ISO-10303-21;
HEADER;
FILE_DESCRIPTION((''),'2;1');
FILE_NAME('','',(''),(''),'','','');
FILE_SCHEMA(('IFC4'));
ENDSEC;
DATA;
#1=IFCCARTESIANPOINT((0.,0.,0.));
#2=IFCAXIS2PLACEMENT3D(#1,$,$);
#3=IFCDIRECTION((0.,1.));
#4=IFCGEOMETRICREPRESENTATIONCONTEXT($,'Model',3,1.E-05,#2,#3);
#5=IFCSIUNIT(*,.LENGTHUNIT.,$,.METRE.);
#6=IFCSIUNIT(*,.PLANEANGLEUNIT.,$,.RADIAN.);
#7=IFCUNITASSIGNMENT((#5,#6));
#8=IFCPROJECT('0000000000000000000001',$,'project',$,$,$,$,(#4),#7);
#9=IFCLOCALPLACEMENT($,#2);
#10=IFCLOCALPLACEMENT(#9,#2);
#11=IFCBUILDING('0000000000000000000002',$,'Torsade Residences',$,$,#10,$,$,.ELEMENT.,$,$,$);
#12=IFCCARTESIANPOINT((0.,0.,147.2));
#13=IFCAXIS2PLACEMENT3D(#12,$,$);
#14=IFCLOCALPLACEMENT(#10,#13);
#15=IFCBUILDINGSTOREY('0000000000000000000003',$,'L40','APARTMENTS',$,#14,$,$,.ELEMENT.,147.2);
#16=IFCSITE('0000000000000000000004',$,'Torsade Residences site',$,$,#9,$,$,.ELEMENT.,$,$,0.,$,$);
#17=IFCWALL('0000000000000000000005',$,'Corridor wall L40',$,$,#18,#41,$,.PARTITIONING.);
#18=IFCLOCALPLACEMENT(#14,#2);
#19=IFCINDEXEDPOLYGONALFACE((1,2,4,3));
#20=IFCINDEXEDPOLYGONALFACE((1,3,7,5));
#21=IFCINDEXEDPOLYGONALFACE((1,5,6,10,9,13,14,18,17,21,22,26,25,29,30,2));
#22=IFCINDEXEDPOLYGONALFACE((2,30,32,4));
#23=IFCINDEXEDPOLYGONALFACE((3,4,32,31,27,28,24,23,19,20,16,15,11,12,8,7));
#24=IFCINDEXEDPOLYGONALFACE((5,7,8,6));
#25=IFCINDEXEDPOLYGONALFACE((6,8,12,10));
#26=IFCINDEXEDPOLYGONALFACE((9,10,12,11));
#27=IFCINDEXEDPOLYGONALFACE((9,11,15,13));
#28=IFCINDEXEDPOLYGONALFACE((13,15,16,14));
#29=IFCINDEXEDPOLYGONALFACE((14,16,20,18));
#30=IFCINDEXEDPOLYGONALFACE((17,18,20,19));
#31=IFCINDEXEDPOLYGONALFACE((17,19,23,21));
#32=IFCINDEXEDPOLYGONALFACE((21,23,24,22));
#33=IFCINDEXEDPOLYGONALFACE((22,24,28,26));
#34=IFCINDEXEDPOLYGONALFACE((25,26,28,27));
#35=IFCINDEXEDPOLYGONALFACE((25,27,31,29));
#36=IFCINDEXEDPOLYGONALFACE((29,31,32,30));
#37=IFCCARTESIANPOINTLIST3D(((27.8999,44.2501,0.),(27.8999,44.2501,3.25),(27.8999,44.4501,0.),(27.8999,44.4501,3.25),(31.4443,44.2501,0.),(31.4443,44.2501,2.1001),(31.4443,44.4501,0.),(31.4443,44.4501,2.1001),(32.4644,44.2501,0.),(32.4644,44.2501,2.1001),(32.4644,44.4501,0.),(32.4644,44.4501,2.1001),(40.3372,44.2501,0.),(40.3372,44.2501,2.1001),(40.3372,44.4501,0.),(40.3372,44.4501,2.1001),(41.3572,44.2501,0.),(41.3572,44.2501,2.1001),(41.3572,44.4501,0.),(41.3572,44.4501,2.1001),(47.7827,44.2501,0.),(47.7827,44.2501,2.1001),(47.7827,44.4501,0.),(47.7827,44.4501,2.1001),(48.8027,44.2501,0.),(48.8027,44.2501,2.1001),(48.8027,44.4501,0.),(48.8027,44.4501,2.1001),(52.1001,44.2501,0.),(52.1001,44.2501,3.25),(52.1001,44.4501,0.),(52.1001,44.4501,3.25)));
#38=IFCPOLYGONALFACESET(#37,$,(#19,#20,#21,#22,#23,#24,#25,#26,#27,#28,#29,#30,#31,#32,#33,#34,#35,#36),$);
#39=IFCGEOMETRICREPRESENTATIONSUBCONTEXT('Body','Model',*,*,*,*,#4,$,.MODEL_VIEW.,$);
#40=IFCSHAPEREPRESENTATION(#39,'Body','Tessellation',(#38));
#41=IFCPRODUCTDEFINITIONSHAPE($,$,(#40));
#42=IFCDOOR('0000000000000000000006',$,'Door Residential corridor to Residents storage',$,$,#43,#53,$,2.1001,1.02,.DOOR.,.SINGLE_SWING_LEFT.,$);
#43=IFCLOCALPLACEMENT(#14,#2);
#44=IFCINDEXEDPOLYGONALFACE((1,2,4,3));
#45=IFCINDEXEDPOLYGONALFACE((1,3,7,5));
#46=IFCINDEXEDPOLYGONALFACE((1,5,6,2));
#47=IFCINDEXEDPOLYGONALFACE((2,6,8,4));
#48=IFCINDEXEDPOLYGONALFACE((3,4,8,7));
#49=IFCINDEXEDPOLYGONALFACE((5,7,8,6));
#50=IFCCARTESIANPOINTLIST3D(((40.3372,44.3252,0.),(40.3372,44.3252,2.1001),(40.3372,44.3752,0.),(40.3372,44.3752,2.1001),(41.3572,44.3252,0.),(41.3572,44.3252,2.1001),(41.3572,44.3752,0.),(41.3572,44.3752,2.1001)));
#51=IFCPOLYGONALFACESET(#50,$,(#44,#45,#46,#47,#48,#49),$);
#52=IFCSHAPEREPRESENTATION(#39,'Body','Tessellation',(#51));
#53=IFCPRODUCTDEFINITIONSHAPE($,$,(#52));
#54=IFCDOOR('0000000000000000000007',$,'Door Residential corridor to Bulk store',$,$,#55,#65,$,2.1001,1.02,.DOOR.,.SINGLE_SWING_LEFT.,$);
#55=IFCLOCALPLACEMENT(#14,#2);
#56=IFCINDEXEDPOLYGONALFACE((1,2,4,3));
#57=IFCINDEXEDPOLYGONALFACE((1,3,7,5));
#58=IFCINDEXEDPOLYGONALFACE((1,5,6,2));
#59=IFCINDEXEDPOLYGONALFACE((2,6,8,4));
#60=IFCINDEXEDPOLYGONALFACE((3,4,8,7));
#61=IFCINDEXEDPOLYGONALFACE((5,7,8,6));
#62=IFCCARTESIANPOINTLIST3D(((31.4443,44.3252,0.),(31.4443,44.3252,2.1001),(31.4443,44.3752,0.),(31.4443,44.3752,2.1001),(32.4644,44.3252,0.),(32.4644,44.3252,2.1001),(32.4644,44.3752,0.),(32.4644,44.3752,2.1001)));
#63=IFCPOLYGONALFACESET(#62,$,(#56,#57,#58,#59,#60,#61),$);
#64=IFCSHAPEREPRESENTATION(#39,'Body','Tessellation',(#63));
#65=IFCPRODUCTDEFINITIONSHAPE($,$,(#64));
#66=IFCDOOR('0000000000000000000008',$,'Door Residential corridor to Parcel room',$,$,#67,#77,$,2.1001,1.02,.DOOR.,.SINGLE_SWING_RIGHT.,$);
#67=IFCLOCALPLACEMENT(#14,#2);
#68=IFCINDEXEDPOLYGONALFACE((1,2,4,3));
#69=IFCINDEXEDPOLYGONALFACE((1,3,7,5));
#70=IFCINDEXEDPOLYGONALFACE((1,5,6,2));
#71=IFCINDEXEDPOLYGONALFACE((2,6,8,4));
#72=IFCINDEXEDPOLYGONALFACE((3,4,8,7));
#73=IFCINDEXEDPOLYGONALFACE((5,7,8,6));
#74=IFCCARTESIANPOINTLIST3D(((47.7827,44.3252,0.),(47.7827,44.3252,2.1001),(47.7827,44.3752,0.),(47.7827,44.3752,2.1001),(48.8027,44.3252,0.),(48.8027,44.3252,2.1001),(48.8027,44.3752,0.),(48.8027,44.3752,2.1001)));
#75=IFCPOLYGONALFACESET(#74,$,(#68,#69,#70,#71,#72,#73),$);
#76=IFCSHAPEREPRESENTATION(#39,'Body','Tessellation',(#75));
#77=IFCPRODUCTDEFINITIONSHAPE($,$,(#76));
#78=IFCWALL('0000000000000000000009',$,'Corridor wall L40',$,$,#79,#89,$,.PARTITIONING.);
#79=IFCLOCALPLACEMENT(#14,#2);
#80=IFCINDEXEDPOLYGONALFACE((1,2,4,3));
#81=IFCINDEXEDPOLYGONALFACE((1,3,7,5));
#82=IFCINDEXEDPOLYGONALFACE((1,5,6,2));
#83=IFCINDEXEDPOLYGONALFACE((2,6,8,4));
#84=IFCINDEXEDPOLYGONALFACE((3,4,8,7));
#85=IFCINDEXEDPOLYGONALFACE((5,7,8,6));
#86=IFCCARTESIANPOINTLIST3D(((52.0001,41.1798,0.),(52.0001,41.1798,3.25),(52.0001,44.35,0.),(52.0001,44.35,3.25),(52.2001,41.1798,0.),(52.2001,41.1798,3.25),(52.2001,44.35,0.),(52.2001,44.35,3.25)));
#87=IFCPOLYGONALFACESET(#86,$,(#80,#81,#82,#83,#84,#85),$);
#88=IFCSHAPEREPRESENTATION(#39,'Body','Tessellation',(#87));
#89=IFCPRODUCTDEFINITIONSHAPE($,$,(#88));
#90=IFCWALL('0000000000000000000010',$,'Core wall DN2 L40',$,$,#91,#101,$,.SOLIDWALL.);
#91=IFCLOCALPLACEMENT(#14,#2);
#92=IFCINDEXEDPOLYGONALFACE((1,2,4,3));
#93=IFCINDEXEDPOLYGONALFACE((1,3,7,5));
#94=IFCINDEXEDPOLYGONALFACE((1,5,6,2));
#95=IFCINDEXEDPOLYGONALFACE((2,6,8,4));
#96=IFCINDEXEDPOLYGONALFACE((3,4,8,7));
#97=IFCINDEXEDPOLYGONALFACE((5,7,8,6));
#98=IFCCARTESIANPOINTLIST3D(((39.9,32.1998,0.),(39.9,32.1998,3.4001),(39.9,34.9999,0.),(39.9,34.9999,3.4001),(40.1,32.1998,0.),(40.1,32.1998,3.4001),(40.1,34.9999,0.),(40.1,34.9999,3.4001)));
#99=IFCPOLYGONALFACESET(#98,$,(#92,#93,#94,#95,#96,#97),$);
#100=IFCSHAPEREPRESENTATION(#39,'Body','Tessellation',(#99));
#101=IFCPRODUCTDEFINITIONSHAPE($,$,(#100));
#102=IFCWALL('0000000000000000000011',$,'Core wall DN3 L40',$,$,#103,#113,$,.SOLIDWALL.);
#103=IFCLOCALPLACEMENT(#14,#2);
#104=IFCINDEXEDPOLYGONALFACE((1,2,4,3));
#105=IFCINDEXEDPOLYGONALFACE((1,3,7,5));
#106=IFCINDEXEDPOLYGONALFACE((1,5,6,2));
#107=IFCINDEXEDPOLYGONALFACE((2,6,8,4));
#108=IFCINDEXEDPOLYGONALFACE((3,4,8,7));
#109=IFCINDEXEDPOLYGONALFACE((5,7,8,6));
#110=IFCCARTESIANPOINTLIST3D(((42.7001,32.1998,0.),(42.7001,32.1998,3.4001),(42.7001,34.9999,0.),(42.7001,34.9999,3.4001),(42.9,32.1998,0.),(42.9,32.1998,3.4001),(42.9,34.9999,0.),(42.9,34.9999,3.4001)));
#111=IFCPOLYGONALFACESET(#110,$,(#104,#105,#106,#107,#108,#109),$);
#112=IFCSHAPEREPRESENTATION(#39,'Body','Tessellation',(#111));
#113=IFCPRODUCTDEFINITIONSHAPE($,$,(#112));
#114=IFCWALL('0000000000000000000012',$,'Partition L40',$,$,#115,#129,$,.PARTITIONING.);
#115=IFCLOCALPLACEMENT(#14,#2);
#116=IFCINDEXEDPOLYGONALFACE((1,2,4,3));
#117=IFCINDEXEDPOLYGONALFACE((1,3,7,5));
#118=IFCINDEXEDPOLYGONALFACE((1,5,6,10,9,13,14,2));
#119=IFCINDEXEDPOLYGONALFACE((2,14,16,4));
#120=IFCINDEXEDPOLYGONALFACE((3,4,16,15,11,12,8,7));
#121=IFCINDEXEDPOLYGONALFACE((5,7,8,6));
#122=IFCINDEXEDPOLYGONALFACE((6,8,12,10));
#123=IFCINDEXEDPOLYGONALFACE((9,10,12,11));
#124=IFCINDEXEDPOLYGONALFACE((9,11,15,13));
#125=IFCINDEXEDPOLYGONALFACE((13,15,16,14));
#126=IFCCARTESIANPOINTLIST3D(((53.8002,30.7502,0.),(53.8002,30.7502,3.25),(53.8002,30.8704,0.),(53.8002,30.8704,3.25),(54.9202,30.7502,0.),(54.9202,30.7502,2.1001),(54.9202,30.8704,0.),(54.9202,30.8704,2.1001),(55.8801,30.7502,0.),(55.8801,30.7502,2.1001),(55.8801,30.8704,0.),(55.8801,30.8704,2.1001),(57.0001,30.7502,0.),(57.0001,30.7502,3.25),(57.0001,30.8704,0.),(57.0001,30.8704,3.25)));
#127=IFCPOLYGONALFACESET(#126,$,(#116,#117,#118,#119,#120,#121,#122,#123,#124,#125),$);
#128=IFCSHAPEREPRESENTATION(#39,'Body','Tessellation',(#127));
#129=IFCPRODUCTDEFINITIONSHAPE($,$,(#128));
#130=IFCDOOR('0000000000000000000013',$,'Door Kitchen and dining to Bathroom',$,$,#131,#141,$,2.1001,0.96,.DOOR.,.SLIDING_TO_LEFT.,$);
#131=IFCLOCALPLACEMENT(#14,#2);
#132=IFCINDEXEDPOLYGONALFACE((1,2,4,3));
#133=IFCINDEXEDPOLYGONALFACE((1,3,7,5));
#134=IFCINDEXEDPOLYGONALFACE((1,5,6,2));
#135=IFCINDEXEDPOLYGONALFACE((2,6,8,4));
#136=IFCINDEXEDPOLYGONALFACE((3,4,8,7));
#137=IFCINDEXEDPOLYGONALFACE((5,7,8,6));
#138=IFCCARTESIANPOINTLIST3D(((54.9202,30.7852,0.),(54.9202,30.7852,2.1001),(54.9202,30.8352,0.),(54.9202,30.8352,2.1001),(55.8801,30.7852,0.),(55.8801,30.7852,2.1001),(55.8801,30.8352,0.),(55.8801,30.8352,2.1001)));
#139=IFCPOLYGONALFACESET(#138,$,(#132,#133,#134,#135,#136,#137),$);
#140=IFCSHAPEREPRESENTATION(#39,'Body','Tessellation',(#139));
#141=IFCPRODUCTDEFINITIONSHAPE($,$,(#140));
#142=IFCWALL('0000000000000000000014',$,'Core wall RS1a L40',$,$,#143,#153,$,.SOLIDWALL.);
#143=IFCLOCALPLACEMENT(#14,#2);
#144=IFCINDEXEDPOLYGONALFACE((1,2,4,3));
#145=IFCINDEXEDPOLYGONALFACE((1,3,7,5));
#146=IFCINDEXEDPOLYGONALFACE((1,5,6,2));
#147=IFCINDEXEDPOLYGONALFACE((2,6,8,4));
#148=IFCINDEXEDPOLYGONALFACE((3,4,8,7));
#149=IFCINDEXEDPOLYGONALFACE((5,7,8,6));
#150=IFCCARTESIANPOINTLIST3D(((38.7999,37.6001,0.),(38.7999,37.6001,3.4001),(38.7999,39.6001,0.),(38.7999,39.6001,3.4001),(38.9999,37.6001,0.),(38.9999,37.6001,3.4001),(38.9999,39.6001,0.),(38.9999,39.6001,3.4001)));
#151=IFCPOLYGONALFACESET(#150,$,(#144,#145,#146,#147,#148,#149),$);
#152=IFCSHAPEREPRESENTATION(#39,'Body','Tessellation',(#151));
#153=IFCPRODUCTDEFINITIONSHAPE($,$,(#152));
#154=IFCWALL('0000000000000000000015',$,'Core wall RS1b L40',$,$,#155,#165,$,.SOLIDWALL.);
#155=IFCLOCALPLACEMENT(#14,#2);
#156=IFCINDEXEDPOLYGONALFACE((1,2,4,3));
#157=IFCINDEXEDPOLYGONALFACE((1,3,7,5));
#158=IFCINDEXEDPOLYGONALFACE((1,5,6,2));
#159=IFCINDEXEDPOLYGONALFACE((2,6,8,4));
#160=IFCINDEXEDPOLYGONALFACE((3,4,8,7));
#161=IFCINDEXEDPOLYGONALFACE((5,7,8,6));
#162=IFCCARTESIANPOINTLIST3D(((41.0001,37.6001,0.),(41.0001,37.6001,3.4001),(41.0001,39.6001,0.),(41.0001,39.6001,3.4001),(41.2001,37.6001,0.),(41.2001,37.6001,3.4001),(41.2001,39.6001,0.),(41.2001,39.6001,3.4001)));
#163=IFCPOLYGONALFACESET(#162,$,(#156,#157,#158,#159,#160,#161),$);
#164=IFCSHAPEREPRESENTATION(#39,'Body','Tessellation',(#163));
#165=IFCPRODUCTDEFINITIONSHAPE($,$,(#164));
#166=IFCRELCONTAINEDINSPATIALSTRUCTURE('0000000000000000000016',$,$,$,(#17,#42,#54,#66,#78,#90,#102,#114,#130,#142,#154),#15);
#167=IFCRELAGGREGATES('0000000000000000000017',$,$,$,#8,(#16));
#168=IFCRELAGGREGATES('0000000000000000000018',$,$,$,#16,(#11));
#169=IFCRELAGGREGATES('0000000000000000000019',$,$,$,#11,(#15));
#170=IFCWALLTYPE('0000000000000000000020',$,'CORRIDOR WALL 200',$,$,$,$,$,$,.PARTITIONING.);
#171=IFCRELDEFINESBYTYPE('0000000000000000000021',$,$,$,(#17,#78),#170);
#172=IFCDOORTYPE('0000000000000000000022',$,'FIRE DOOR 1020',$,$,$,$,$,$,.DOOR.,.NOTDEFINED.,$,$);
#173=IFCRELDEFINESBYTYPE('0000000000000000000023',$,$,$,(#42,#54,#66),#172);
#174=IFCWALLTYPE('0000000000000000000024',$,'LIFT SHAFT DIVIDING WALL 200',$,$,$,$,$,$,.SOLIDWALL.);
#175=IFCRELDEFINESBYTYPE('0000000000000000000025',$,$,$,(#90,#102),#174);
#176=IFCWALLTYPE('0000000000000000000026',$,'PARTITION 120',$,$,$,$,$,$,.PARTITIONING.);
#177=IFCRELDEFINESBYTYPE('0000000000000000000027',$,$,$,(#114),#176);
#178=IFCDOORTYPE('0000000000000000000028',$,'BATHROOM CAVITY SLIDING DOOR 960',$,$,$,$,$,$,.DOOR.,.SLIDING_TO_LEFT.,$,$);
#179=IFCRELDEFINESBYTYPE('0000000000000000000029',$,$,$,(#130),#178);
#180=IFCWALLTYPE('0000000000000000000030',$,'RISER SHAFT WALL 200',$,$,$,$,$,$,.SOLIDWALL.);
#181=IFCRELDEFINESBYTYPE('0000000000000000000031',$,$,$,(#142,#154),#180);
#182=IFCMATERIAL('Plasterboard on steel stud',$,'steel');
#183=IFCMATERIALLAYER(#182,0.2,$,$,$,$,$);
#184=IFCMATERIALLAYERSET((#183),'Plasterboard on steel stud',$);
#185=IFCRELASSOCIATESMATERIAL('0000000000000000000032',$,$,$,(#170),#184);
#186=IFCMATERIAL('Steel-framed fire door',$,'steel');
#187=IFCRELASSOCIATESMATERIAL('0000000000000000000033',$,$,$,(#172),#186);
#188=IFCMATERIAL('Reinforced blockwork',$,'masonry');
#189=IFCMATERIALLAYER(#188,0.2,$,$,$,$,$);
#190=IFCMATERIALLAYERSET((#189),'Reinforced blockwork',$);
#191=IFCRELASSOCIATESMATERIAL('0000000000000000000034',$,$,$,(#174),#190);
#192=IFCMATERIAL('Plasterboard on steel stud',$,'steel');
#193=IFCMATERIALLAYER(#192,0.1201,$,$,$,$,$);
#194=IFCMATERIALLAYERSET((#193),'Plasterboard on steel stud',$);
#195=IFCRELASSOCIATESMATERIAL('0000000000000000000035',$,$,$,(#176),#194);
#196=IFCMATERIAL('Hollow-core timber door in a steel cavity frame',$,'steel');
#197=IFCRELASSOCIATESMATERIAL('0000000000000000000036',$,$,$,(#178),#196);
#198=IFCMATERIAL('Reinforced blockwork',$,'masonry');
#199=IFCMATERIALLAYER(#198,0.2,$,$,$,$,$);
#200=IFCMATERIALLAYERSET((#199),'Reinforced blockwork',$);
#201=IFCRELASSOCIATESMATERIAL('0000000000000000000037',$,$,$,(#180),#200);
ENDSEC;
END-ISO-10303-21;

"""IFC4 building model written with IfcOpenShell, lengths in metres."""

from ifc_helpers import new_model, si_unit, direction, frame, frame_2d, origin, place, context, subcontext, project, spatial, rectangle, extrude, material, layer, layer_set, type_object, element, fill, save


model = new_model("IFC4")

# Units and contexts
model_context = context("Model", 3, precision=1e-05, world=origin(), true_north=direction((0.0, 1.0)))
body_context = subcontext(model_context, "Body", "Model", "MODEL_VIEW")
ifc_project = project(units=[si_unit("LENGTHUNIT", "METRE"), si_unit("PLANEANGLEUNIT", "RADIAN")], contexts=[model_context])

# Site, building, storey
site_placement = place(None, origin())
site = spatial("IfcSite", under=ifc_project, at=site_placement, Name="Torsade Residences site", CompositionType="ELEMENT", RefElevation=0.0)
building_placement = place(site_placement, origin())
building = spatial("IfcBuilding", under=site, at=building_placement, Name="Torsade Residences", CompositionType="ELEMENT")
storey_placement = place(building_placement, frame((0.0, 0.0, 147.2)))
storey = spatial("IfcBuildingStorey", under=building, at=storey_placement, Name="L40", Description="APARTMENTS", CompositionType="ELEMENT", Elevation=147.2)

# Shared definitions
ifc_material_1 = material(Name="Plasterboard on steel stud", Category="steel")
ifc_layer_1 = layer(ifc_material_1, 0.2)
ifc_layer_set_1 = layer_set([ifc_layer_1], Name="Plasterboard on steel stud")
wall_type_1 = type_object("IfcWallType", Name="CORRIDOR WALL 200", PredefinedType="PARTITIONING", material=ifc_layer_set_1)

# Wall, openings, doors
wall_1_placement = place(storey_placement, frame((52.1001, 44.3501, 0.0), z_axis=(0.0, 0.0, 1.0), x_axis=(-1.0, 0.0, 0.0)))
wall_1 = element("IfcWall", 1, at=wall_1_placement, inside=storey, type_object=wall_type_1, Name="Corridor wall L40", PredefinedType="PARTITIONING", context=body_context, shape_type="SweptSolid", body=[
    extrude(rectangle(XDim=24.2002, YDim=0.2, at=frame_2d((12.1001, 0.0))), origin(), (0.0, 0.0, 1.0), 3.25),
])
opening_1_placement = place(wall_1_placement, frame((10.7429, 0.0, 0.0)))
opening_1 = element("IfcOpeningElement", 2, at=opening_1_placement, cuts=wall_1, PredefinedType="OPENING", context=body_context, shape_type="SweptSolid", body=[
    extrude(rectangle(XDim=1.02, YDim=2.1001, at=frame_2d((0.51, 1.05))), frame((0.0, 0.1099, 0.0), z_axis=(0.0, -1.0, 0.0), x_axis=(1.0, 0.0, 0.0)), (0.0, 0.0, 1.0), 0.22),
])
opening_2_placement = place(wall_1_placement, frame((19.6357, 0.0, 0.0)))
opening_2 = element("IfcOpeningElement", 3, at=opening_2_placement, cuts=wall_1, PredefinedType="OPENING", context=body_context, shape_type="SweptSolid", body=[
    extrude(rectangle(XDim=1.02, YDim=2.1001, at=frame_2d((0.51, 1.05))), frame((0.0, 0.1099, 0.0), z_axis=(0.0, -1.0, 0.0), x_axis=(1.0, 0.0, 0.0)), (0.0, 0.0, 1.0), 0.22),
])
opening_3_placement = place(wall_1_placement, frame((3.2974, 0.0, 0.0)))
opening_3 = element("IfcOpeningElement", 4, at=opening_3_placement, cuts=wall_1, PredefinedType="OPENING", context=body_context, shape_type="SweptSolid", body=[
    extrude(rectangle(XDim=1.02, YDim=2.1001, at=frame_2d((0.51, 1.05))), frame((0.0, 0.1099, 0.0), z_axis=(0.0, -1.0, 0.0), x_axis=(1.0, 0.0, 0.0)), (0.0, 0.0, 1.0), 0.22),
])
ifc_material_2 = material(Name="Steel-framed fire door", Category="steel")
door_type_1 = type_object("IfcDoorType", Name="FIRE DOOR 1020", OperationType="NOTDEFINED", PredefinedType="DOOR", material=ifc_material_2)
door_1_placement = place(opening_1_placement, origin())
door_1 = element("IfcDoor", 5, at=door_1_placement, inside=storey, type_object=door_type_1, Name="Door Residential corridor to Residents storage", OperationType="SINGLE_SWING_LEFT", OverallHeight=2.1001, OverallWidth=1.02, PredefinedType="DOOR", context=body_context, shape_type="SweptSolid", body=[
    extrude(rectangle(XDim=1.02, YDim=2.1001, at=frame_2d((0.51, 1.05))), frame((0.0, 0.0249, 0.0), z_axis=(0.0, -1.0, 0.0), x_axis=(1.0, 0.0, 0.0)), (0.0, 0.0, 1.0), 0.05),
])
fill(opening_1, door_1)
door_2_placement = place(opening_2_placement, origin())
door_2 = element("IfcDoor", 6, at=door_2_placement, inside=storey, type_object=door_type_1, Name="Door Residential corridor to Bulk store", OperationType="SINGLE_SWING_LEFT", OverallHeight=2.1001, OverallWidth=1.02, PredefinedType="DOOR", context=body_context, shape_type="SweptSolid", body=[
    extrude(rectangle(XDim=1.02, YDim=2.1001, at=frame_2d((0.51, 1.05))), frame((0.0, 0.0249, 0.0), z_axis=(0.0, -1.0, 0.0), x_axis=(1.0, 0.0, 0.0)), (0.0, 0.0, 1.0), 0.05),
])
fill(opening_2, door_2)
door_3_placement = place(opening_3_placement, origin())
door_3 = element("IfcDoor", 7, at=door_3_placement, inside=storey, type_object=door_type_1, Name="Door Residential corridor to Parcel room", OperationType="SINGLE_SWING_RIGHT", OverallHeight=2.1001, OverallWidth=1.02, PredefinedType="DOOR", context=body_context, shape_type="SweptSolid", body=[
    extrude(rectangle(XDim=1.02, YDim=2.1001, at=frame_2d((0.51, 1.05))), frame((0.0, 0.0249, 0.0), z_axis=(0.0, -1.0, 0.0), x_axis=(1.0, 0.0, 0.0)), (0.0, 0.0, 1.0), 0.05),
])
fill(opening_3, door_3)

# Walls
wall_2_placement = place(storey_placement, frame((52.1001, 41.1799, 0.0), z_axis=(0.0, 0.0, 1.0), x_axis=(0.0, 1.0, 0.0)))
element("IfcWall", 8, at=wall_2_placement, inside=storey, type_object=wall_type_1, Name="Corridor wall L40", PredefinedType="PARTITIONING", context=body_context, shape_type="SweptSolid", body=[
    extrude(rectangle(XDim=3.1702, YDim=0.2, at=frame_2d((1.585, 0.0))), origin(), (0.0, 0.0, 1.0), 3.25),
])
ifc_material_3 = material(Name="Reinforced blockwork", Category="masonry")
ifc_layer_2 = layer(ifc_material_3, 0.2)
ifc_layer_set_2 = layer_set([ifc_layer_2], Name="Reinforced blockwork")
wall_type_2 = type_object("IfcWallType", Name="LIFT SHAFT DIVIDING WALL 200", PredefinedType="SOLIDWALL", material=ifc_layer_set_2)
for number, where, z_axis, x_axis, name in (
    (9, (40.0, 32.2, 0.0), (0.0, 0.0, 1.0), (0.0, 1.0, 0.0), "Core wall DN2 L40"),
    (10, (42.8, 32.2, 0.0), (0.0, 0.0, 1.0), (0.0, 1.0, 0.0), "Core wall DN3 L40"),
):
    element("IfcWall", number, at=place(storey_placement, frame(where, z_axis=z_axis, x_axis=x_axis)), inside=storey, type_object=wall_type_2, Name=name, PredefinedType="SOLIDWALL", context=body_context, shape_type="SweptSolid", body=[
        extrude(rectangle(XDim=2.8, YDim=0.2, at=frame_2d((1.3999, 0.0))), origin(), (0.0, 0.0, 1.0), 3.4001),
    ])

# Wall, opening, door
ifc_material_4 = material(Name="Plasterboard on steel stud", Category="steel")
ifc_layer_3 = layer(ifc_material_4, 0.1201)
ifc_layer_set_3 = layer_set([ifc_layer_3], Name="Plasterboard on steel stud")
wall_type_3 = type_object("IfcWallType", Name="PARTITION 120", PredefinedType="PARTITIONING", material=ifc_layer_set_3)
wall_3_placement = place(storey_placement, frame((53.8, 30.8103, 0.0), z_axis=(0.0, 0.0, 1.0), x_axis=(1.0, 0.0, 0.0)))
wall_3 = element("IfcWall", 11, at=wall_3_placement, inside=storey, type_object=wall_type_3, Name="Partition L40", PredefinedType="PARTITIONING", context=body_context, shape_type="SweptSolid", body=[
    extrude(rectangle(XDim=3.2, YDim=0.1201, at=frame_2d((1.6001, 0.0))), origin(), (0.0, 0.0, 1.0), 3.25),
])
opening_4_placement = place(wall_3_placement, frame((1.1201, 0.0, 0.0)))
opening_4 = element("IfcOpeningElement", 12, at=opening_4_placement, cuts=wall_3, PredefinedType="OPENING", context=body_context, shape_type="SweptSolid", body=[
    extrude(rectangle(XDim=0.96, YDim=2.1001, at=frame_2d((0.48, 1.05))), frame((0.0, 0.0701, 0.0), z_axis=(0.0, -1.0, 0.0), x_axis=(1.0, 0.0, 0.0)), (0.0, 0.0, 1.0), 0.1401),
])
ifc_material_5 = material(Name="Hollow-core timber door in a steel cavity frame", Category="steel")
door_type_2 = type_object("IfcDoorType", Name="BATHROOM CAVITY SLIDING DOOR 960", OperationType="SLIDING_TO_LEFT", PredefinedType="DOOR", material=ifc_material_5)
door_4_placement = place(opening_4_placement, origin())
door_4 = element("IfcDoor", 13, at=door_4_placement, inside=storey, type_object=door_type_2, Name="Door Kitchen and dining to Bathroom", OperationType="SLIDING_TO_LEFT", OverallHeight=2.1001, OverallWidth=0.96, PredefinedType="DOOR", context=body_context, shape_type="SweptSolid", body=[
    extrude(rectangle(XDim=0.96, YDim=2.1001, at=frame_2d((0.48, 1.05))), frame((0.0, 0.0249, 0.0), z_axis=(0.0, -1.0, 0.0), x_axis=(1.0, 0.0, 0.0)), (0.0, 0.0, 1.0), 0.05),
])
fill(opening_4, door_4)

# Walls
ifc_material_6 = material(Name="Reinforced blockwork", Category="masonry")
ifc_layer_4 = layer(ifc_material_6, 0.2)
ifc_layer_set_4 = layer_set([ifc_layer_4], Name="Reinforced blockwork")
wall_type_4 = type_object("IfcWallType", Name="RISER SHAFT WALL 200", PredefinedType="SOLIDWALL", material=ifc_layer_set_4)
for number, where, z_axis, x_axis, name in (
    (14, (38.8999, 37.6001, 0.0), (0.0, 0.0, 1.0), (0.0, 1.0, 0.0), "Core wall RS1a L40"),
    (15, (41.1001, 37.6001, 0.0), (0.0, 0.0, 1.0), (0.0, 1.0, 0.0), "Core wall RS1b L40"),
):
    element("IfcWall", number, at=place(storey_placement, frame(where, z_axis=z_axis, x_axis=x_axis)), inside=storey, type_object=wall_type_4, Name=name, PredefinedType="SOLIDWALL", context=body_context, shape_type="SweptSolid", body=[
        extrude(rectangle(XDim=2.0, YDim=0.2, at=frame_2d((1.0, 0.0))), origin(), (0.0, 0.0, 1.0), 3.4001),
    ])

save(model, "model.ifc")
